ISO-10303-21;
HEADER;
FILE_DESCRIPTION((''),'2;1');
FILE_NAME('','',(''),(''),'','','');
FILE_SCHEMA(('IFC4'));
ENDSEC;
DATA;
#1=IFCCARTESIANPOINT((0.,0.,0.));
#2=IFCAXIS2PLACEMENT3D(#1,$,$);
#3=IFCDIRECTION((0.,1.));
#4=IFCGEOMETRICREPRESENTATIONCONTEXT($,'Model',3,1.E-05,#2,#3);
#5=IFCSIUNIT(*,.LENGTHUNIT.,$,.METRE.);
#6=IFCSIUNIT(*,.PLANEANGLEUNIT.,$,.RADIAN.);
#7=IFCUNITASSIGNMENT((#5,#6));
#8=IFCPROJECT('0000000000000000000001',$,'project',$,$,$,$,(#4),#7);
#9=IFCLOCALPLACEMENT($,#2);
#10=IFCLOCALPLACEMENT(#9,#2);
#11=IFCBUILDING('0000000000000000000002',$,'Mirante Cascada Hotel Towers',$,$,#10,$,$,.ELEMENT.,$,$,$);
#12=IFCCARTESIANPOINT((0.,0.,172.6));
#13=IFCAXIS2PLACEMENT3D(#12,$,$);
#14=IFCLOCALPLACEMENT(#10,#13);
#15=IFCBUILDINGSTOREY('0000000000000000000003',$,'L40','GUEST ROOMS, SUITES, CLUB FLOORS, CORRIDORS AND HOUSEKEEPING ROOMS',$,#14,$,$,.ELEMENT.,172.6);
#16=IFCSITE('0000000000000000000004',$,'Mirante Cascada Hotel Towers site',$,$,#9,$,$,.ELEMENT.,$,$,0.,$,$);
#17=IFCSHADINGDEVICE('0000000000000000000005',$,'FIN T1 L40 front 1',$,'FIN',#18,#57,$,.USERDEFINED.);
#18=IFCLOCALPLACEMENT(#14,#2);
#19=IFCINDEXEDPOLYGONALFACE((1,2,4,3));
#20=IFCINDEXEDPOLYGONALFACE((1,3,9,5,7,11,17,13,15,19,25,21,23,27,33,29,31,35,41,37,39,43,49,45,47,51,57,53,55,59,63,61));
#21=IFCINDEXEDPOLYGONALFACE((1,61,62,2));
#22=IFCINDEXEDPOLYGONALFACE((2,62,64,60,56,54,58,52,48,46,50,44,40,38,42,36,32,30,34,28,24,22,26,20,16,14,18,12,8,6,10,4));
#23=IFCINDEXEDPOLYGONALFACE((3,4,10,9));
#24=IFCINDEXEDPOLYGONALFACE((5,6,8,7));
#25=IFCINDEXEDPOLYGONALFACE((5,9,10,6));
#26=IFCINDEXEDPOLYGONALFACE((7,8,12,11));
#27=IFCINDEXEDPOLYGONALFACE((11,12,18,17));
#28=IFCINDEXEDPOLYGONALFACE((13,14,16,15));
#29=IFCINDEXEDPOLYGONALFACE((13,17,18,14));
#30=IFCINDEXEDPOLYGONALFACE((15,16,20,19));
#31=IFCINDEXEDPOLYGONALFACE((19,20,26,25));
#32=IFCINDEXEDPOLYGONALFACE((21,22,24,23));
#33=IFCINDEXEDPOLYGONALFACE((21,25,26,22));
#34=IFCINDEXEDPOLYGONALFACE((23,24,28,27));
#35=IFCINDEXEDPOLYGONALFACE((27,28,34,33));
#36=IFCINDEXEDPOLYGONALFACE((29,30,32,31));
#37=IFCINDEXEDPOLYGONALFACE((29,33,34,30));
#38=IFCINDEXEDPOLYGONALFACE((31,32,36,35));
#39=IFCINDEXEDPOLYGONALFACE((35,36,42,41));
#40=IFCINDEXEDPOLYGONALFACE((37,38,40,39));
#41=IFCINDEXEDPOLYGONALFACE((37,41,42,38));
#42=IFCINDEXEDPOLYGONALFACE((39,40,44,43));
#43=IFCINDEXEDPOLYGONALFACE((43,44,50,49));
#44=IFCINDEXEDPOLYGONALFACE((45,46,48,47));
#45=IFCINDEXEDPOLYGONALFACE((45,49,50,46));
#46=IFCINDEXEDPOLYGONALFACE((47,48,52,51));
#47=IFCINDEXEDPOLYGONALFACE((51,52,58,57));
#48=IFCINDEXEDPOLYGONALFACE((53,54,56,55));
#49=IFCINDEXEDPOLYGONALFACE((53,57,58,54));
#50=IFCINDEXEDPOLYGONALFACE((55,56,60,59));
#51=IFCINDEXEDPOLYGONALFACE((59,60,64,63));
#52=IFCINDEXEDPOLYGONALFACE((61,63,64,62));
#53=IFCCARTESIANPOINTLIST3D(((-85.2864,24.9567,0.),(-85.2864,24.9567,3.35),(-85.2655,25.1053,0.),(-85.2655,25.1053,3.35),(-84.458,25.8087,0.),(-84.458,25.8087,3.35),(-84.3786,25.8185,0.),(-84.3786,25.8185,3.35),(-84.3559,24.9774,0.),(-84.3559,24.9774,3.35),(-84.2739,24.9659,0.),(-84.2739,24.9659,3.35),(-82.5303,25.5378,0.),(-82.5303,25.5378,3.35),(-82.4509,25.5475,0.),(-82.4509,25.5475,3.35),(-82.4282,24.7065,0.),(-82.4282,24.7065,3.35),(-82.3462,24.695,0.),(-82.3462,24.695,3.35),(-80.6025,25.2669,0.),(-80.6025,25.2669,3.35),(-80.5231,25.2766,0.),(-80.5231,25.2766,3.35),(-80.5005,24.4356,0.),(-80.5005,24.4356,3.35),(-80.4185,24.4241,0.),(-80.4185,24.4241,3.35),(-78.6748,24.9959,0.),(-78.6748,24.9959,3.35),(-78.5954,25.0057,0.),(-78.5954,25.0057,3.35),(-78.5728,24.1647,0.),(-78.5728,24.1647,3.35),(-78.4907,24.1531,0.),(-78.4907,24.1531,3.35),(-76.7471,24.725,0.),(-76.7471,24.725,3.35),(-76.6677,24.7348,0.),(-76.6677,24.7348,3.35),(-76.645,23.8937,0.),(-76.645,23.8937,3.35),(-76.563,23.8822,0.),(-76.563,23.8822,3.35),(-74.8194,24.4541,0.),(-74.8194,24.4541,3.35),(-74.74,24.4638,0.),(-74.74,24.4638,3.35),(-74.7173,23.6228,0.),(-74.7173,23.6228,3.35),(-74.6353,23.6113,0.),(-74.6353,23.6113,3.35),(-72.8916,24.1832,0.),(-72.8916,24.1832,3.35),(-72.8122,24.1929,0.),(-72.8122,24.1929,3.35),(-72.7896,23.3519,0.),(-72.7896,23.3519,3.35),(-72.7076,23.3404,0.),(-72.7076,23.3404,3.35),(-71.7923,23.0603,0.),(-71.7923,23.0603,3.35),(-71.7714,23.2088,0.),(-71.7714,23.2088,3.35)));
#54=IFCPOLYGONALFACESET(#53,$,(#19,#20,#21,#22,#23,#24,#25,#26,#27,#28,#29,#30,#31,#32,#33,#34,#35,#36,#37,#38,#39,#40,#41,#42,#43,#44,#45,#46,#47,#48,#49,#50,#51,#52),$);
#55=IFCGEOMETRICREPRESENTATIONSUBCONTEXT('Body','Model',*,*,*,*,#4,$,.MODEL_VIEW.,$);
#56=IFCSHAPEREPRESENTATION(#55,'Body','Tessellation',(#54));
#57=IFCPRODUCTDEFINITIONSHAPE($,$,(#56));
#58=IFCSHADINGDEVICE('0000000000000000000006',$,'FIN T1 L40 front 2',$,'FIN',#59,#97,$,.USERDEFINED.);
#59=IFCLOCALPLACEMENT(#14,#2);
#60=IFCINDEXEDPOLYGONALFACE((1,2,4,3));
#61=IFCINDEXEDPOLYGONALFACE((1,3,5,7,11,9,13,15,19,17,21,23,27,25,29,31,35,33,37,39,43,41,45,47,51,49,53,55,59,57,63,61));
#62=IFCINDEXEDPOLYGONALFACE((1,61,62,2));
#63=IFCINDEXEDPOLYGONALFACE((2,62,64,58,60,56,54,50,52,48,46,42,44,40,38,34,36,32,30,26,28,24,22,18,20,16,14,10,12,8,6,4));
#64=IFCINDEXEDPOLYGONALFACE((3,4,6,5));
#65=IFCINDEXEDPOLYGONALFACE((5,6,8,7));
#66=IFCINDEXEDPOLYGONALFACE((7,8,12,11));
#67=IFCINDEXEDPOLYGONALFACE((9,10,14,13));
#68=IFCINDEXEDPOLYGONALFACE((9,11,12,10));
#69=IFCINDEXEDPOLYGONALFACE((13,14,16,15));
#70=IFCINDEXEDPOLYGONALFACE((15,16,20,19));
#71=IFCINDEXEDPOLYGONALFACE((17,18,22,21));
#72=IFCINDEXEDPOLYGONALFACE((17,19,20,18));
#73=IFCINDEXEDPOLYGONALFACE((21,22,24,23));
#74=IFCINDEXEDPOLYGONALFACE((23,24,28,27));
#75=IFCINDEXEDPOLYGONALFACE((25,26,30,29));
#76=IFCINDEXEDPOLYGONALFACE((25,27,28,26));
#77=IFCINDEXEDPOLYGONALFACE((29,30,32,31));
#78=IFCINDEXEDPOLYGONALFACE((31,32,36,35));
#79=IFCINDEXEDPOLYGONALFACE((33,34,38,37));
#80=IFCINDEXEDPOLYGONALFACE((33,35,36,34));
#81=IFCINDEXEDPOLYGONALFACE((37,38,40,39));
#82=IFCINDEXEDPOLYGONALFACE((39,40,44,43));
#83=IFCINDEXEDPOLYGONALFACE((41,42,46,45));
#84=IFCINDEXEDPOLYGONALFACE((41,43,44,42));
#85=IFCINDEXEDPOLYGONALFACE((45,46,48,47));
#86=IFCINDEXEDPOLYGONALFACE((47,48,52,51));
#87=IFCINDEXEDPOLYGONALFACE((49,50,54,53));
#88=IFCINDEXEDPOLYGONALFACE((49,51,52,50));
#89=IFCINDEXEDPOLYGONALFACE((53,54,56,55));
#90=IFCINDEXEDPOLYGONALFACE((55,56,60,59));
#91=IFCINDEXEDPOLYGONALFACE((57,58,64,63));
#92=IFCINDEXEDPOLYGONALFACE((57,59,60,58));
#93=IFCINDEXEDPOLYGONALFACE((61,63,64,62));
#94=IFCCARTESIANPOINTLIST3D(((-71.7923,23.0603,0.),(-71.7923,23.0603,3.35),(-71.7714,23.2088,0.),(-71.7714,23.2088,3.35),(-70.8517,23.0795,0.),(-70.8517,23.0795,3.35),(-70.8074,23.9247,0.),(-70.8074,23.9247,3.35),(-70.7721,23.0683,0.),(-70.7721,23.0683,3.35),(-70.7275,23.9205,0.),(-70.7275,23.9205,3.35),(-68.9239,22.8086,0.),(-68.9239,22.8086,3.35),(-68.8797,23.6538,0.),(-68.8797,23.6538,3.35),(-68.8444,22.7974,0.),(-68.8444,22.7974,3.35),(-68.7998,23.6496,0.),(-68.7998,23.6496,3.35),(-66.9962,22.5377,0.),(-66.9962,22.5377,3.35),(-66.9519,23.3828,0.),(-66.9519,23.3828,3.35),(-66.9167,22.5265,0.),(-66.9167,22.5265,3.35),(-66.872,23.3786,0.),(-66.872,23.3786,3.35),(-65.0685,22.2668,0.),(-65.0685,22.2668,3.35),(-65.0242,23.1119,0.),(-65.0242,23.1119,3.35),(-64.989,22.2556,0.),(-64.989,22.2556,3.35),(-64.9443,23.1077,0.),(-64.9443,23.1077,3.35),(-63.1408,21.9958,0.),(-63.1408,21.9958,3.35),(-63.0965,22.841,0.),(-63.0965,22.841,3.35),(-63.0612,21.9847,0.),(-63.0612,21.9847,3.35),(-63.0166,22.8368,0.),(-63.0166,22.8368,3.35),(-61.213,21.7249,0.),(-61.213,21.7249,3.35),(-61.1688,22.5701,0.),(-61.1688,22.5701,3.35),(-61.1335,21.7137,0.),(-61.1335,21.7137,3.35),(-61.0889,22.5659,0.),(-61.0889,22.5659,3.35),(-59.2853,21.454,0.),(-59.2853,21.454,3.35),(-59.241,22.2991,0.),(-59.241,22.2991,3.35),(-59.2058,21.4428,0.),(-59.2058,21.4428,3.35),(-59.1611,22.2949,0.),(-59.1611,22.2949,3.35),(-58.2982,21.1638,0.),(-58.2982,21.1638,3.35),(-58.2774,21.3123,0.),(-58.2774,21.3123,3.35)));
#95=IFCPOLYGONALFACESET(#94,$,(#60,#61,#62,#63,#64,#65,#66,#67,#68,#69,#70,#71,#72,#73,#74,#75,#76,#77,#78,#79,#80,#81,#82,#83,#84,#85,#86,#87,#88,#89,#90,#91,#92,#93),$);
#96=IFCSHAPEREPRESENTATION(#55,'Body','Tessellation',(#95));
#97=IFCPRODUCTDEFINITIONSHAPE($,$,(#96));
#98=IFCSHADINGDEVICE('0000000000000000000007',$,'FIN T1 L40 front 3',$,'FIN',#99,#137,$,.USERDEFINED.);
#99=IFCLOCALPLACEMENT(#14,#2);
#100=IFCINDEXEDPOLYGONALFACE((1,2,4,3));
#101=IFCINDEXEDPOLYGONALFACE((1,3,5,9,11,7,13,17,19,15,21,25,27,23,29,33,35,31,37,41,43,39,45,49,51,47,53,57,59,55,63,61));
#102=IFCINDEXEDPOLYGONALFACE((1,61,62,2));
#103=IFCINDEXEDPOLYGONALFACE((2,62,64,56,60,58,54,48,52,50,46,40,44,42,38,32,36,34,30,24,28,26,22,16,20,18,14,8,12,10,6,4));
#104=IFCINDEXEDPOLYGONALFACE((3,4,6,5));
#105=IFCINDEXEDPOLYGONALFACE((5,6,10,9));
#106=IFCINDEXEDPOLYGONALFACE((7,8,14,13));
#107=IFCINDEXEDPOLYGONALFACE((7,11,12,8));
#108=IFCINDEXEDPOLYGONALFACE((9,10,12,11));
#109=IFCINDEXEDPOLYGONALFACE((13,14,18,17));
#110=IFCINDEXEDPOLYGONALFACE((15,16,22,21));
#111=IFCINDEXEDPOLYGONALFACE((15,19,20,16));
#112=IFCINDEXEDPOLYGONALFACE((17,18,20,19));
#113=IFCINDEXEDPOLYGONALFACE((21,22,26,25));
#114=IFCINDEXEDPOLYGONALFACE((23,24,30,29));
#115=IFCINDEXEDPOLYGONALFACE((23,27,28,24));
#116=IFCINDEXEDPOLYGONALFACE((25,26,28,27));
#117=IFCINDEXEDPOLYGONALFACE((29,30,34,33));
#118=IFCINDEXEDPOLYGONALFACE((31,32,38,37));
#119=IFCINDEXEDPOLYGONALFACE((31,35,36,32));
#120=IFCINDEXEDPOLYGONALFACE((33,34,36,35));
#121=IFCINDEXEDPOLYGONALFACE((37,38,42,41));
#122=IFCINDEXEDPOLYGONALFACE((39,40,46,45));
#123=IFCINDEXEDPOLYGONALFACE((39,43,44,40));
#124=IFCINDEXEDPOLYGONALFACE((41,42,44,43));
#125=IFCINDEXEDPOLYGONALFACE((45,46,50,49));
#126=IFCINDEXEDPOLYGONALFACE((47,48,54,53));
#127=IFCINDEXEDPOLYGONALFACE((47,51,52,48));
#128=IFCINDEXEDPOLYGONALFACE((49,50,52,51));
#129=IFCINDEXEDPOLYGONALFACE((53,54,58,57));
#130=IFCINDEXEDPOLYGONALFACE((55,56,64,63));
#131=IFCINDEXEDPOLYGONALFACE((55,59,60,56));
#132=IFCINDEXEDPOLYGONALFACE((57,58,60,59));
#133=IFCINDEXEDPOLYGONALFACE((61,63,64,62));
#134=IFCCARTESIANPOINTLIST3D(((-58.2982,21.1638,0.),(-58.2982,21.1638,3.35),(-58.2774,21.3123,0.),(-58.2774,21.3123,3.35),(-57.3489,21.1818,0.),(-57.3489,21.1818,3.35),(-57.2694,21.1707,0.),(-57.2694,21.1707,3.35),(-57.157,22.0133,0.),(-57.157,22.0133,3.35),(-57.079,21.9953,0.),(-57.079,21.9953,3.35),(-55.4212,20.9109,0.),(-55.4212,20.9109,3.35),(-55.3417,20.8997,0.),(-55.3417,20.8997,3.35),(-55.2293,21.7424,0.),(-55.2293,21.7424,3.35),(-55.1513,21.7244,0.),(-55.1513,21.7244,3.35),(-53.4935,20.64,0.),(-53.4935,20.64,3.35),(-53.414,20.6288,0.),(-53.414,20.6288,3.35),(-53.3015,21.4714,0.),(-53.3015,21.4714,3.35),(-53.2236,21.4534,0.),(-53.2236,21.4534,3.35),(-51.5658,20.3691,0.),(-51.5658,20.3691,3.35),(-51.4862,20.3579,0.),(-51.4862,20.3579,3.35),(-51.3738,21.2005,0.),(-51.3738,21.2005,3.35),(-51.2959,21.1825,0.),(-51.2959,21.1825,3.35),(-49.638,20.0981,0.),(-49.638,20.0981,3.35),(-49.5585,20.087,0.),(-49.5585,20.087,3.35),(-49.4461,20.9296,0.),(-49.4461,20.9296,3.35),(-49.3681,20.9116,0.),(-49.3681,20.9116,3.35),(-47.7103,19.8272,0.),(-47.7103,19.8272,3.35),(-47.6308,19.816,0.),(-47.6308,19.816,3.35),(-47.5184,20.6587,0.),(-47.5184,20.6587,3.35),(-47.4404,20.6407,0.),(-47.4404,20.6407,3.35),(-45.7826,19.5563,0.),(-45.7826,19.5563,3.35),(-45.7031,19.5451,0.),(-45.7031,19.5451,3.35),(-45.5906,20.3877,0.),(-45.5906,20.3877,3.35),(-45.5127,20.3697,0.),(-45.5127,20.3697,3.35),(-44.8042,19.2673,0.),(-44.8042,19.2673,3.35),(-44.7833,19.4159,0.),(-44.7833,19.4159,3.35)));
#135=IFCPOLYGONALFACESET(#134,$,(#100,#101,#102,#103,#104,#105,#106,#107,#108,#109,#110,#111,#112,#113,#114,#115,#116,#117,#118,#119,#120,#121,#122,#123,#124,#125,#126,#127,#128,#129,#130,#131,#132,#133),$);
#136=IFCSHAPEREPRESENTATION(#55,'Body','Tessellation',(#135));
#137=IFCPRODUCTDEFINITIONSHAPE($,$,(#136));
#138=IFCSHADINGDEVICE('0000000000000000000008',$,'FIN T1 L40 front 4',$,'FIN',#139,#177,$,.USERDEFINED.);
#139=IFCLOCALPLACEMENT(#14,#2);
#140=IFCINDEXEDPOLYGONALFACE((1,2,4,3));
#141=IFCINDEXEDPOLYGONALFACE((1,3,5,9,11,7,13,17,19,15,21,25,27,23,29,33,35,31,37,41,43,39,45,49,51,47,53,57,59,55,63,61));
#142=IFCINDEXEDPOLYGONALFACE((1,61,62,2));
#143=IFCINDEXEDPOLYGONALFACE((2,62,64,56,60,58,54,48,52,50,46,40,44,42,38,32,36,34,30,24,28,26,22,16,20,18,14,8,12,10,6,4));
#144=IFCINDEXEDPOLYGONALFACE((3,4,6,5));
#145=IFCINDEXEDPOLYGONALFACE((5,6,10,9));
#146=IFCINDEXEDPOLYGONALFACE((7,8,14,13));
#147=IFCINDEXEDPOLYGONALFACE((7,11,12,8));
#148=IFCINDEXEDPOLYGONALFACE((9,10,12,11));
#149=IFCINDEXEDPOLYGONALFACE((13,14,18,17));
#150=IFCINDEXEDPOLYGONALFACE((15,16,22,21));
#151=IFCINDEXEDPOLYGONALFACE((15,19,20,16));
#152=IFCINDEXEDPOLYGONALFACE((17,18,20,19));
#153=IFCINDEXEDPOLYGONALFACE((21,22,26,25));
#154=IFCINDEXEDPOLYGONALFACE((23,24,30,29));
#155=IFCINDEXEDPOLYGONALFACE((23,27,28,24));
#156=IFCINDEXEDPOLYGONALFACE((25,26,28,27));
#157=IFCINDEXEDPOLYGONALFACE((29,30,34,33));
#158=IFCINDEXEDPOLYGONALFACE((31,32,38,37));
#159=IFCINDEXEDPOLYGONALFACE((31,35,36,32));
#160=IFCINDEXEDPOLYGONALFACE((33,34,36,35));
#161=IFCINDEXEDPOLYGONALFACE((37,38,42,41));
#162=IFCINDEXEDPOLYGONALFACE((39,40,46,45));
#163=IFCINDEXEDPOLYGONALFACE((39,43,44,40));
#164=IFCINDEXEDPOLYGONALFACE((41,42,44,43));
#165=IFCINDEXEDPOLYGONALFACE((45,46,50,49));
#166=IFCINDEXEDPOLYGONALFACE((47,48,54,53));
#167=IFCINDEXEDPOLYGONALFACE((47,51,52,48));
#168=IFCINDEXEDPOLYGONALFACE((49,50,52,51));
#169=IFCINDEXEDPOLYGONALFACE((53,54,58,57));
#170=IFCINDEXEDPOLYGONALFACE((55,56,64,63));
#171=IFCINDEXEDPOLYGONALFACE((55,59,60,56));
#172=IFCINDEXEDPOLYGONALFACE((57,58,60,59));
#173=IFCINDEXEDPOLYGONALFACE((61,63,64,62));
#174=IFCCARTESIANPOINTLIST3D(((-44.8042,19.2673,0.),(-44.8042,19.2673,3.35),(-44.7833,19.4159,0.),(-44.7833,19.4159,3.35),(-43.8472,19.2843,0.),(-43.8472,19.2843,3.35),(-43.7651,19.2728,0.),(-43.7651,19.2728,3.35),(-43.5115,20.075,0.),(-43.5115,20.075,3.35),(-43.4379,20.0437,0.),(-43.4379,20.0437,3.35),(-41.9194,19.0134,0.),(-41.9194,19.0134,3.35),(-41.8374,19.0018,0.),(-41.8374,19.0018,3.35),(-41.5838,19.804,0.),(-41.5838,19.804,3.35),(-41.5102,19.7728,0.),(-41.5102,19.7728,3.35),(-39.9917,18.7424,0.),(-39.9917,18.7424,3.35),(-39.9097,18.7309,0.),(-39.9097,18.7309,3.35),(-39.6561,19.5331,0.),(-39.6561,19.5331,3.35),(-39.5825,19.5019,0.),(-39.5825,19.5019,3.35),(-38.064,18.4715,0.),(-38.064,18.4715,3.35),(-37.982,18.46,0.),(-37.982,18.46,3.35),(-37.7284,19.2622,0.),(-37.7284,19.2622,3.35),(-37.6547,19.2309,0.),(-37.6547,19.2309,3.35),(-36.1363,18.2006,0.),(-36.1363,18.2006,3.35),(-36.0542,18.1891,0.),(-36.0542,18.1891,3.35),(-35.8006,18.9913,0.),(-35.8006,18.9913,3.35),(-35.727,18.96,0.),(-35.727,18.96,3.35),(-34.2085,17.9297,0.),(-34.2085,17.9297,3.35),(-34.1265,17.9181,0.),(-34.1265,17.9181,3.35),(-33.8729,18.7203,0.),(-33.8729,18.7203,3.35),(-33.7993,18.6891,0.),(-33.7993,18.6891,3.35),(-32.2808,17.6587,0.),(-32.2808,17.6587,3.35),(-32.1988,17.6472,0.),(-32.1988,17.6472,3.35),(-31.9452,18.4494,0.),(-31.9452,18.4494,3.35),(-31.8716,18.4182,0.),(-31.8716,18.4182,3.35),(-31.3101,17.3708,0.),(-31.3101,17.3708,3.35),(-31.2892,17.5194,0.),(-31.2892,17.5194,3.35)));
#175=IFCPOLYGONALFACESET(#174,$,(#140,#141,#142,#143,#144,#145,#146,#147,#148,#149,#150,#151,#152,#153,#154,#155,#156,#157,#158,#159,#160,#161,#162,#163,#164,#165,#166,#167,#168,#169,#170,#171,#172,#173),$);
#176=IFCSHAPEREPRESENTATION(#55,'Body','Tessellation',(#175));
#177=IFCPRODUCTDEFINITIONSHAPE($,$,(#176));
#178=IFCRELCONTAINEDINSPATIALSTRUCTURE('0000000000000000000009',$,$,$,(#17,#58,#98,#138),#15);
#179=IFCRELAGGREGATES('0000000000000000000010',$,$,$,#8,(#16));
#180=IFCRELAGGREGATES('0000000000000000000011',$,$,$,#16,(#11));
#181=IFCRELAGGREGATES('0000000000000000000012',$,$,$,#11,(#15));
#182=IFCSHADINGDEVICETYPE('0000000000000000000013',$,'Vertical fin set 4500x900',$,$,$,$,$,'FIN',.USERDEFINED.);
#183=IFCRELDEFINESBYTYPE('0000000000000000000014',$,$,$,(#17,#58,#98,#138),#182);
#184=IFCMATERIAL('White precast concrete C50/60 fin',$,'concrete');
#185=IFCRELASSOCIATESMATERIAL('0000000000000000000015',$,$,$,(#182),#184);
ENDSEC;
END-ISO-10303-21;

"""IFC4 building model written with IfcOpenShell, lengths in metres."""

from ifc_helpers import new_model, si_unit, direction, frame, origin, place, context, subcontext, project, spatial, polyline, outline, extrude, material, type_object, element, save


model = new_model("IFC4")

# Units and contexts
model_context = context("Model", 3, precision=1e-05, world=origin(), true_north=direction((0.0, 1.0)))
body_context = subcontext(model_context, "Body", "Model", "MODEL_VIEW")
ifc_project = project(units=[si_unit("LENGTHUNIT", "METRE"), si_unit("PLANEANGLEUNIT", "RADIAN")], contexts=[model_context])

# Site, building, storey
site_placement = place(None, origin())
site = spatial("IfcSite", under=ifc_project, at=site_placement, Name="Mirante Cascada Hotel Towers site", CompositionType="ELEMENT", RefElevation=0.0)
building_placement = place(site_placement, origin())
building = spatial("IfcBuilding", under=site, at=building_placement, Name="Mirante Cascada Hotel Towers", CompositionType="ELEMENT")
storey_placement = place(building_placement, frame((0.0, 0.0, 172.6)))
storey = spatial("IfcBuildingStorey", under=building, at=storey_placement, Name="L40", Description="GUEST ROOMS, SUITES, CLUB FLOORS, CORRIDORS AND HOUSEKEEPING ROOMS", CompositionType="ELEMENT", Elevation=172.6)

# Shading devices
ifc_material_1 = material(Name="White precast concrete C50/60 fin", Category="concrete")
shading_device_type = type_object("IfcShadingDeviceType", Name="Vertical fin set 4500x900", ElementType="FIN", PredefinedType="USERDEFINED", material=ifc_material_1)
shading_device_1_placement = place(storey_placement, origin())
element("IfcShadingDevice", 1, at=shading_device_1_placement, inside=storey, type_object=shading_device_type, Name="FIN T1 L40 front 1", ObjectType="FIN", PredefinedType="USERDEFINED", context=body_context, shape_type="SweptSolid", body=[
    extrude(outline(polyline([(-72.7076, 23.3404), (-71.7714, 23.2088), (-71.7923, 23.0603), (-85.2864, 24.9567), (-85.2655, 25.1053), (-84.3559, 24.9774), (-84.458, 25.8087), (-84.3786, 25.8185), (-84.2739, 24.9659), (-82.4282, 24.7065), (-82.5303, 25.5378), (-82.4509, 25.5475), (-82.3462, 24.695), (-80.5005, 24.4356), (-80.6025, 25.2669), (-80.5231, 25.2766), (-80.4185, 24.4241), (-78.5728, 24.1647), (-78.6748, 24.9959), (-78.5954, 25.0057), (-78.4907, 24.1531), (-76.645, 23.8937), (-76.7471, 24.725), (-76.6677, 24.7348), (-76.563, 23.8822), (-74.7173, 23.6228), (-74.8194, 24.4541), (-74.74, 24.4638), (-74.6353, 23.6113), (-72.7896, 23.3519), (-72.8916, 24.1832), (-72.8122, 24.1929), (-72.7076, 23.3404)])), origin(), (0.0, 0.0, 1.0), 3.35),
])
shading_device_2_placement = place(storey_placement, origin())
element("IfcShadingDevice", 2, at=shading_device_2_placement, inside=storey, type_object=shading_device_type, Name="FIN T1 L40 front 2", ObjectType="FIN", PredefinedType="USERDEFINED", context=body_context, shape_type="SweptSolid", body=[
    extrude(outline(polyline([(-59.2058, 21.4428), (-58.2774, 21.3123), (-58.2982, 21.1638), (-71.7923, 23.0603), (-71.7714, 23.2088), (-70.8517, 23.0795), (-70.8074, 23.9247), (-70.7275, 23.9205), (-70.7721, 23.0683), (-68.9239, 22.8086), (-68.8797, 23.6538), (-68.7998, 23.6496), (-68.8444, 22.7974), (-66.9962, 22.5377), (-66.9519, 23.3828), (-66.872, 23.3786), (-66.9167, 22.5265), (-65.0685, 22.2668), (-65.0242, 23.1119), (-64.9443, 23.1077), (-64.989, 22.2556), (-63.1408, 21.9958), (-63.0965, 22.841), (-63.0166, 22.8368), (-63.0612, 21.9847), (-61.213, 21.7249), (-61.1688, 22.5701), (-61.0889, 22.5659), (-61.1335, 21.7137), (-59.2853, 21.454), (-59.241, 22.2991), (-59.1611, 22.2949), (-59.2058, 21.4428)])), origin(), (0.0, 0.0, 1.0), 3.35),
])
shading_device_3_placement = place(storey_placement, origin())
element("IfcShadingDevice", 3, at=shading_device_3_placement, inside=storey, type_object=shading_device_type, Name="FIN T1 L40 front 3", ObjectType="FIN", PredefinedType="USERDEFINED", context=body_context, shape_type="SweptSolid", body=[
    extrude(outline(polyline([(-45.7031, 19.5451), (-44.7833, 19.4159), (-44.8042, 19.2673), (-58.2982, 21.1638), (-58.2774, 21.3123), (-57.3489, 21.1818), (-57.157, 22.0133), (-57.079, 21.9953), (-57.2694, 21.1707), (-55.4212, 20.9109), (-55.2293, 21.7424), (-55.1513, 21.7244), (-55.3417, 20.8997), (-53.4935, 20.64), (-53.3015, 21.4714), (-53.2236, 21.4534), (-53.414, 20.6288), (-51.5658, 20.3691), (-51.3738, 21.2005), (-51.2959, 21.1825), (-51.4862, 20.3579), (-49.638, 20.0981), (-49.4461, 20.9296), (-49.3681, 20.9116), (-49.5585, 20.087), (-47.7103, 19.8272), (-47.5184, 20.6587), (-47.4404, 20.6407), (-47.6308, 19.816), (-45.7826, 19.5563), (-45.5906, 20.3877), (-45.5127, 20.3697), (-45.7031, 19.5451)])), origin(), (0.0, 0.0, 1.0), 3.35),
])
shading_device_4_placement = place(storey_placement, origin())
element("IfcShadingDevice", 4, at=shading_device_4_placement, inside=storey, type_object=shading_device_type, Name="FIN T1 L40 front 4", ObjectType="FIN", PredefinedType="USERDEFINED", context=body_context, shape_type="SweptSolid", body=[
    extrude(outline(polyline([(-32.1988, 17.6472), (-31.2892, 17.5194), (-31.3101, 17.3708), (-44.8042, 19.2673), (-44.7833, 19.4159), (-43.8472, 19.2843), (-43.5115, 20.075), (-43.4379, 20.0437), (-43.7651, 19.2728), (-41.9194, 19.0134), (-41.5838, 19.804), (-41.5102, 19.7728), (-41.8374, 19.0018), (-39.9917, 18.7424), (-39.6561, 19.5331), (-39.5825, 19.5019), (-39.9097, 18.7309), (-38.064, 18.4715), (-37.7284, 19.2622), (-37.6547, 19.2309), (-37.982, 18.46), (-36.1363, 18.2006), (-35.8006, 18.9913), (-35.727, 18.96), (-36.0542, 18.1891), (-34.2085, 17.9297), (-33.8729, 18.7203), (-33.7993, 18.6891), (-34.1265, 17.9181), (-32.2808, 17.6587), (-31.9452, 18.4494), (-31.8716, 18.4182), (-32.1988, 17.6472)])), origin(), (0.0, 0.0, 1.0), 3.35),
])

save(model, "model.ifc")
